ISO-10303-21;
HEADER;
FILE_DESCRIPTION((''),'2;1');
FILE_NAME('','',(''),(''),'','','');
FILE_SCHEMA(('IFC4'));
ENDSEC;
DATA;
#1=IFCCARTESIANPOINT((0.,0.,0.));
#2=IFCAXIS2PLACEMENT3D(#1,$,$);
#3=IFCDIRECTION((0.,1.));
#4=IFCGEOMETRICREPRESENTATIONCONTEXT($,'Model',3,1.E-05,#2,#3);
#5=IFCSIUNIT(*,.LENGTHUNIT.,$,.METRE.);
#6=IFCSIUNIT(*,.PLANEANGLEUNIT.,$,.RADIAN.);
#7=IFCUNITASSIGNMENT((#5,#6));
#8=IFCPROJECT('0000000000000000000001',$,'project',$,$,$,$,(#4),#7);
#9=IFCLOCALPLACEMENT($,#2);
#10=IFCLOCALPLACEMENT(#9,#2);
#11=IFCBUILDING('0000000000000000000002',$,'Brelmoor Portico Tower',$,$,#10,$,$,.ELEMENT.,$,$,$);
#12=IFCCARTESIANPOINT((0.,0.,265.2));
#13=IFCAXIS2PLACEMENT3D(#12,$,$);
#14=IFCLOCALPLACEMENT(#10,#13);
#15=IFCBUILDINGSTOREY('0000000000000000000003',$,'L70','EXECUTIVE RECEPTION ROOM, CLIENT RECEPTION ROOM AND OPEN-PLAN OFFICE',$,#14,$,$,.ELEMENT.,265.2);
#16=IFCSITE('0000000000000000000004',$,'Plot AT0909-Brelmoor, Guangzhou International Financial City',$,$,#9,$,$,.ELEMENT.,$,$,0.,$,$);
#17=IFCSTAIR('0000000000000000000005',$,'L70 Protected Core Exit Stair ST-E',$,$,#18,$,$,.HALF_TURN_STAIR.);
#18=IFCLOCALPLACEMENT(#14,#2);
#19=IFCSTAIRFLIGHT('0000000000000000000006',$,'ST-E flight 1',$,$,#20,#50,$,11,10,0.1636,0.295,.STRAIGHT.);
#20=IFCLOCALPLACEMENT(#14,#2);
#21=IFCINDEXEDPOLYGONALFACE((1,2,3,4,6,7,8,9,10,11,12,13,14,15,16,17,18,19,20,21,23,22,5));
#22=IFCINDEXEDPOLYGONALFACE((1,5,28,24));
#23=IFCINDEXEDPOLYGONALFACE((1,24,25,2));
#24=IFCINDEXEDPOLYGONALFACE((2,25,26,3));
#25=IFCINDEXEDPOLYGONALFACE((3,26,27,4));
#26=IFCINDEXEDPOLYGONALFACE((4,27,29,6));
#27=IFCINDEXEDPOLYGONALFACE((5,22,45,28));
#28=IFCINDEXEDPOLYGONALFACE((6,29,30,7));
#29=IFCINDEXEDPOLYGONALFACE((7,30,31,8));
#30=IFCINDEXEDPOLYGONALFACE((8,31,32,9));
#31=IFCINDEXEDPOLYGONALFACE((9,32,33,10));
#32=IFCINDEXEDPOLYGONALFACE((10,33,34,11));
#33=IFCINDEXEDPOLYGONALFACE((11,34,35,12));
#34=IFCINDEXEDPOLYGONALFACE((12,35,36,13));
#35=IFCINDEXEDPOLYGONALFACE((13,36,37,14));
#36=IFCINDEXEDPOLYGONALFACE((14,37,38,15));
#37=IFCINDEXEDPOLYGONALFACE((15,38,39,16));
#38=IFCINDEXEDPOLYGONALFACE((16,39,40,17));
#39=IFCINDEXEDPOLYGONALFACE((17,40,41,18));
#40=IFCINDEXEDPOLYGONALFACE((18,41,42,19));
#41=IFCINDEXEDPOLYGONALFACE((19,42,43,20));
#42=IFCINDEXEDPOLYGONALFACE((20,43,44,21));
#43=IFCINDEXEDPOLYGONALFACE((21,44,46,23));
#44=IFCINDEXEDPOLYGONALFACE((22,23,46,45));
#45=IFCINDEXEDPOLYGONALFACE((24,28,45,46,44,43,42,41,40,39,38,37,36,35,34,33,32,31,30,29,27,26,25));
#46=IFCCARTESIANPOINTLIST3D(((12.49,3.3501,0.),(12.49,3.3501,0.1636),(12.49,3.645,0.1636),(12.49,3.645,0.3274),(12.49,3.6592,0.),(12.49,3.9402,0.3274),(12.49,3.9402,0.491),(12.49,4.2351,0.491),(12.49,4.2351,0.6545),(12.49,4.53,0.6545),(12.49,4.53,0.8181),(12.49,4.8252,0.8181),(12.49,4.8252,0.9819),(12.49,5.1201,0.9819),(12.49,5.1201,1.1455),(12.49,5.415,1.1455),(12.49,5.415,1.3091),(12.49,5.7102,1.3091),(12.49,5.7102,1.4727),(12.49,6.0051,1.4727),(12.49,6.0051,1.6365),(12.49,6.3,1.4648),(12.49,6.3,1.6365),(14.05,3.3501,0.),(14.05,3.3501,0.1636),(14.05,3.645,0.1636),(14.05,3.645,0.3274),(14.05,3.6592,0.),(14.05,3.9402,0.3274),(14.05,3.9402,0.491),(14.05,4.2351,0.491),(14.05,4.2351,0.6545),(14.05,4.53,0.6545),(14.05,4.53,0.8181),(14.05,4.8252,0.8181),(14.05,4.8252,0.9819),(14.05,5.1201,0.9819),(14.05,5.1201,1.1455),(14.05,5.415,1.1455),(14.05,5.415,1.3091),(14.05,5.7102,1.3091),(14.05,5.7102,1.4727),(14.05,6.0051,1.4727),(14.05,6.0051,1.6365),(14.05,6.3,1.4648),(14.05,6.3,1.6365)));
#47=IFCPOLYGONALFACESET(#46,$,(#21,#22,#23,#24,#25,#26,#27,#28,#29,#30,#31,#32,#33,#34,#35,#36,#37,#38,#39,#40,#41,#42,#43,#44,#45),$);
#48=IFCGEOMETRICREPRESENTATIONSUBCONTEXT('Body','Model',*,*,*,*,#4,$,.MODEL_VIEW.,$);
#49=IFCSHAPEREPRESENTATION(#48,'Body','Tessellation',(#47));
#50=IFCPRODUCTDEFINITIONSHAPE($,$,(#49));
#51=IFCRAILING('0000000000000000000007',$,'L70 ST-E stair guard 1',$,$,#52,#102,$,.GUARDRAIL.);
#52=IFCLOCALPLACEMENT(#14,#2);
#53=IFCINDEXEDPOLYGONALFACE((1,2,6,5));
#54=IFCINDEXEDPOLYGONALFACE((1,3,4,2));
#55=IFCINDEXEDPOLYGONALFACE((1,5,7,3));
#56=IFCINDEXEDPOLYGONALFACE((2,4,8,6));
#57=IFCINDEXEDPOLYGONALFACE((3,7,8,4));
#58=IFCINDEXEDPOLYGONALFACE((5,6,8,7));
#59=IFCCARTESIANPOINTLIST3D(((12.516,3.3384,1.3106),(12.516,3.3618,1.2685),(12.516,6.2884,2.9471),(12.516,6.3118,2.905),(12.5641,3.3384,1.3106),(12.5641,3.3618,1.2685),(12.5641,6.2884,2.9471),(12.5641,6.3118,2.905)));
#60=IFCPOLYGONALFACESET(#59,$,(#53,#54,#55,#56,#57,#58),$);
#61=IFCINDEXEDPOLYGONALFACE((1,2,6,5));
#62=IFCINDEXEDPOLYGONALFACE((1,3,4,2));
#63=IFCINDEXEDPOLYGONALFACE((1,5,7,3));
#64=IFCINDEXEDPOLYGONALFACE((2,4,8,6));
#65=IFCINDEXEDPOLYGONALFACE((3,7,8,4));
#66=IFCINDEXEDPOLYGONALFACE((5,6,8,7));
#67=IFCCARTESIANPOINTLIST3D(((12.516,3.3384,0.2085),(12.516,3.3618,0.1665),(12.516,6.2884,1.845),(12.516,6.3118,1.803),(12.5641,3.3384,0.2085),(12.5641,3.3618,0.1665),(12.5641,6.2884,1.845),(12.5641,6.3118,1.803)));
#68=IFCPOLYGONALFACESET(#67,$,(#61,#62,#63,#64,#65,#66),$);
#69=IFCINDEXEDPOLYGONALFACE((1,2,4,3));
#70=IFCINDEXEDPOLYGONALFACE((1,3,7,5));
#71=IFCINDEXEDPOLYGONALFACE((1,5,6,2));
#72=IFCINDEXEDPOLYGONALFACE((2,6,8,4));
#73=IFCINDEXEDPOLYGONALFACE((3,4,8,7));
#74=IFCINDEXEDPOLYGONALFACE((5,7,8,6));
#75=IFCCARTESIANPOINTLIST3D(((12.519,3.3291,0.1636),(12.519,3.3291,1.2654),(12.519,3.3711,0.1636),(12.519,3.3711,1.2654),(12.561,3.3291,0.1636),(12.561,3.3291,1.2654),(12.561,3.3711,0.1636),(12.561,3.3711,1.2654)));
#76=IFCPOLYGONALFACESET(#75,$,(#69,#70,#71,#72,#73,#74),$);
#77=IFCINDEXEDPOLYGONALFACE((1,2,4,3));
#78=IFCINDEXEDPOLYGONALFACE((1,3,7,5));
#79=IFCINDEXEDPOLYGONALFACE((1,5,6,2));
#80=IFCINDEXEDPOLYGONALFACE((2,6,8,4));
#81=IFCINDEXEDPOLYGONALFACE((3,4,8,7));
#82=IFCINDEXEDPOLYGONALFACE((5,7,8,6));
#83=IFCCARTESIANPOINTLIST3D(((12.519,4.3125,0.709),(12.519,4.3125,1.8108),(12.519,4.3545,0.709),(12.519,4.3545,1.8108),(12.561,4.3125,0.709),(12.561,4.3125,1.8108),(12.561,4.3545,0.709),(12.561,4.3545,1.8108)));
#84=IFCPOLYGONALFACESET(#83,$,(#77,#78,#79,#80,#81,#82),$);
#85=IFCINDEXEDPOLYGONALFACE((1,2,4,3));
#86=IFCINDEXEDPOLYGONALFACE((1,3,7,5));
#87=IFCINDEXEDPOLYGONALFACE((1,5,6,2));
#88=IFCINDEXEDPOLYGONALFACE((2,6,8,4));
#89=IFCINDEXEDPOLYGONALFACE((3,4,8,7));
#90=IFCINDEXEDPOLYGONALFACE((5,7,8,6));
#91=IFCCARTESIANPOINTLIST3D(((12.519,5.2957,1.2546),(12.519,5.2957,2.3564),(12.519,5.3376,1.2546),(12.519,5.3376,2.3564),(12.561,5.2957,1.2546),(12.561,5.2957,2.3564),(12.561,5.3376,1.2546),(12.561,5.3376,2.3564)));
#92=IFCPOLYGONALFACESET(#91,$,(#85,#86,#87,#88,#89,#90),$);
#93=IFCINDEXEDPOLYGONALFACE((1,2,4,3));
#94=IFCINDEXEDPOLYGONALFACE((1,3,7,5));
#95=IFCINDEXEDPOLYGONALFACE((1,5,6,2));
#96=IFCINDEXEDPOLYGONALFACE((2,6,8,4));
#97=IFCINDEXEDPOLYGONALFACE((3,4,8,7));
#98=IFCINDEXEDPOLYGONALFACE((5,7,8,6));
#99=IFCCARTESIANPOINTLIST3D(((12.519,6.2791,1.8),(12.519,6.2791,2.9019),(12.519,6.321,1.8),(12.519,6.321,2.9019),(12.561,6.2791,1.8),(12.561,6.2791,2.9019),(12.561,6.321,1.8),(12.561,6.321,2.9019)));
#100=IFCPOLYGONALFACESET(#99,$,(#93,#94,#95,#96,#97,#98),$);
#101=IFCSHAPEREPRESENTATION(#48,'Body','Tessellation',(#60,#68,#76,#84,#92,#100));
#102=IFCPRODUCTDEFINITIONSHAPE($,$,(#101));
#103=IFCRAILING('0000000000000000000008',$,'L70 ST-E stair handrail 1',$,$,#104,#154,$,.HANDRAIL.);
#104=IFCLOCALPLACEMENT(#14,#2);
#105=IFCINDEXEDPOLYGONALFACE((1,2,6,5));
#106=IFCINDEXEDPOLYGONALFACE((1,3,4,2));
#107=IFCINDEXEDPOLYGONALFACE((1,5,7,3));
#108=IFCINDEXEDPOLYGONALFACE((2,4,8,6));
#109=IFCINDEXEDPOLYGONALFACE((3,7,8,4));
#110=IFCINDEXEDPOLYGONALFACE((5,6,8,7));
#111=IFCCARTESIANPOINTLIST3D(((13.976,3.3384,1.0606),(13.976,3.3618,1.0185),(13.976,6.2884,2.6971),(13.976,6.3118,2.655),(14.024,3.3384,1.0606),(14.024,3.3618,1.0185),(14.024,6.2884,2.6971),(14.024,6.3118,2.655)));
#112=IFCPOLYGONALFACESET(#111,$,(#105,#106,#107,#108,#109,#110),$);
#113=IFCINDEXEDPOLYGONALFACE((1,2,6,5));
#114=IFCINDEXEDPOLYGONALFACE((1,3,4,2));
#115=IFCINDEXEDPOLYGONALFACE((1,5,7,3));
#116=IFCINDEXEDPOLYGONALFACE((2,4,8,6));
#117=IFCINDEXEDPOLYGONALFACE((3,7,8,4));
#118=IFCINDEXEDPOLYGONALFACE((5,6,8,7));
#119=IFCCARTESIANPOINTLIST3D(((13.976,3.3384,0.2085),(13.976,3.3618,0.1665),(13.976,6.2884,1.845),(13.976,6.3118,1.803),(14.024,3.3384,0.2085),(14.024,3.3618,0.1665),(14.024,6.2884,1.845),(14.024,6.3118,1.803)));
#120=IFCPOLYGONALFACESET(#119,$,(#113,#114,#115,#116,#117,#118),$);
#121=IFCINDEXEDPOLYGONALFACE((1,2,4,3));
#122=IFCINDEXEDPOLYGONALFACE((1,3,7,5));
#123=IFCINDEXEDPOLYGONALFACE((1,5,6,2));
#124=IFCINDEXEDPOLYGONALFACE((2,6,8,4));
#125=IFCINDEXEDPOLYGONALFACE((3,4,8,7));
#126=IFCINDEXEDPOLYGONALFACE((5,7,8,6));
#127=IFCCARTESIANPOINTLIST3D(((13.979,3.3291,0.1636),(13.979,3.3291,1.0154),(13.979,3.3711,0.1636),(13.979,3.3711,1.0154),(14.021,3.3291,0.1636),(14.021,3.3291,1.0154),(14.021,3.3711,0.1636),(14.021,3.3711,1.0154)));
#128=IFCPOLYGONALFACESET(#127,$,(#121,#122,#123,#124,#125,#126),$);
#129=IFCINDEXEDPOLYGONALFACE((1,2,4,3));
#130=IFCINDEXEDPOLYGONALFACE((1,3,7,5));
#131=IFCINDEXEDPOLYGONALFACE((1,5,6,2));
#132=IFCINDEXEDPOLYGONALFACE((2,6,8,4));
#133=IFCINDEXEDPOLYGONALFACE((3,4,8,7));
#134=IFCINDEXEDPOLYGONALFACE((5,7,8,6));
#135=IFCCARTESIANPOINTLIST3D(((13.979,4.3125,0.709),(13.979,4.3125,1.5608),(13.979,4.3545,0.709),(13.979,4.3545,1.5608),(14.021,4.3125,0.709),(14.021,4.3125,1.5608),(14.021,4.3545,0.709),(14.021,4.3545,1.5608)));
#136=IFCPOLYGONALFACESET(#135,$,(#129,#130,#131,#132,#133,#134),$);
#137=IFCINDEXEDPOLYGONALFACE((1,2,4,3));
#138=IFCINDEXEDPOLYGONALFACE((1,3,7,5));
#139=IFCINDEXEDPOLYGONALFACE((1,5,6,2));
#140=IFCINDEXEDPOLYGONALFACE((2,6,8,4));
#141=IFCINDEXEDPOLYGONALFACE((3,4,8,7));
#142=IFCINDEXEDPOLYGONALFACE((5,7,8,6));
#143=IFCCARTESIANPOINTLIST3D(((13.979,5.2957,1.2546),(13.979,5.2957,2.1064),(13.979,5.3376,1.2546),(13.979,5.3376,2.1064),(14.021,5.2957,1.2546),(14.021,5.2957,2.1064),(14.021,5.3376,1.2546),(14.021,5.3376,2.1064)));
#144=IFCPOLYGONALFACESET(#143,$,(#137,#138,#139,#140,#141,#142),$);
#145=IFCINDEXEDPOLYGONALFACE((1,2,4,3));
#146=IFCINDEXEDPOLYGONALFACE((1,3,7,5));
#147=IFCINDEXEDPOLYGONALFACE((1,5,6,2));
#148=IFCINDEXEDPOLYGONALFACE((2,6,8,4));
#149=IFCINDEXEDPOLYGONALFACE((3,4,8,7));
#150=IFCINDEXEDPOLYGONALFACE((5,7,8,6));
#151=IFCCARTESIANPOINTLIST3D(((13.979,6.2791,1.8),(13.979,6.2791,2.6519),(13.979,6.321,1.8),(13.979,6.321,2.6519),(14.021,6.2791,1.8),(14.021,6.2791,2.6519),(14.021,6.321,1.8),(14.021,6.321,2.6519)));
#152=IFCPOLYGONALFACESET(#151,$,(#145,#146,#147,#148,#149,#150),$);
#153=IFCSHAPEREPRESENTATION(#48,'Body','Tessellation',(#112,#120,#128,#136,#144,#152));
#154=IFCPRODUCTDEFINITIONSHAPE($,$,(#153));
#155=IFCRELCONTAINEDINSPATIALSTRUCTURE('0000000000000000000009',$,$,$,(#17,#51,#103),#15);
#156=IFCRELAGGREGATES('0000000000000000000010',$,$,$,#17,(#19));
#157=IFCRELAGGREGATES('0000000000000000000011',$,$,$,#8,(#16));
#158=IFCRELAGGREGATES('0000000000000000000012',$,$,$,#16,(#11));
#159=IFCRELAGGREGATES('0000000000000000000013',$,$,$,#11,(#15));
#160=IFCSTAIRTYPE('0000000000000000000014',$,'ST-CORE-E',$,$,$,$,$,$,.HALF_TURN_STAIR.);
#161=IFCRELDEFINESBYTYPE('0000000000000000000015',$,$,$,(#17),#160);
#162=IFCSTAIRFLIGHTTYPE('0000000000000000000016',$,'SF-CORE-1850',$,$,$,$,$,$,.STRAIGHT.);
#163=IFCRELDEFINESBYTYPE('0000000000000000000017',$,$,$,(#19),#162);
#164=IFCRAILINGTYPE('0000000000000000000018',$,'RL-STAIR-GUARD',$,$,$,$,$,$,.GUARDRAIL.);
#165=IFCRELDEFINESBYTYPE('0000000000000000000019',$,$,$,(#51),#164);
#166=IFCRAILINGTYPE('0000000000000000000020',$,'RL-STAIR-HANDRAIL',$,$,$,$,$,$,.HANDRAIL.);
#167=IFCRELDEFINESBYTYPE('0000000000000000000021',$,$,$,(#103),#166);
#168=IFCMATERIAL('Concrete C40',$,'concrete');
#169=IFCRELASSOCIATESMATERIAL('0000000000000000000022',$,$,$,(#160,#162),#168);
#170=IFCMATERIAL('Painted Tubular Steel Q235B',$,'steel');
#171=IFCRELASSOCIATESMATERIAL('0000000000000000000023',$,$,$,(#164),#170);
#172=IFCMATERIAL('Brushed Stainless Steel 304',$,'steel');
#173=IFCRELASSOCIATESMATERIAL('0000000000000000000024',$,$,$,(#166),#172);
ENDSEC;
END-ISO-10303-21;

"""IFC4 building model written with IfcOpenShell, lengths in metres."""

from ifc_helpers import new_model, si_unit, direction, frame, origin, origin_2d, place, context, subcontext, project, spatial, polyline, rectangle, outline, extrude, material, type_object, element, aggregate, save


model = new_model("IFC4")

# Units and contexts
model_context = context("Model", 3, precision=1e-05, world=origin(), true_north=direction((0.0, 1.0)))
body_context = subcontext(model_context, "Body", "Model", "MODEL_VIEW")
ifc_project = project(units=[si_unit("LENGTHUNIT", "METRE"), si_unit("PLANEANGLEUNIT", "RADIAN")], contexts=[model_context])

# Site, building, storey
site_placement = place(None, origin())
site = spatial("IfcSite", under=ifc_project, at=site_placement, Name="Plot AT0909-Brelmoor, Guangzhou International Financial City", CompositionType="ELEMENT", RefElevation=0.0)
building_placement = place(site_placement, origin())
building = spatial("IfcBuilding", under=site, at=building_placement, Name="Brelmoor Portico Tower", CompositionType="ELEMENT")
storey_placement = place(building_placement, frame((0.0, 0.0, 265.2)))
storey = spatial("IfcBuildingStorey", under=building, at=storey_placement, Name="L70", Description="EXECUTIVE RECEPTION ROOM, CLIENT RECEPTION ROOM AND OPEN-PLAN OFFICE", CompositionType="ELEMENT", Elevation=265.2)

# Shared definitions
ifc_material_1 = material(Name="Concrete C40", Category="concrete")

# Stair, stair flight
stair_type = type_object("IfcStairType", Name="ST-CORE-E", PredefinedType="HALF_TURN_STAIR", material=ifc_material_1)
stair_placement = place(storey_placement, origin())
stair = element("IfcStair", 1, at=stair_placement, inside=storey, type_object=stair_type, Name="L70 Protected Core Exit Stair ST-E", PredefinedType="HALF_TURN_STAIR")
stair_flight_type = type_object("IfcStairFlightType", Name="SF-CORE-1850", PredefinedType="STRAIGHT", material=ifc_material_1)
stair_flight_placement = place(storey_placement, frame((13.27, 3.3501, 0.0), z_axis=(0.0, 0.0, 1.0), x_axis=(0.0, 1.0, 0.0)))
stair_flight = element("IfcStairFlight", 2, at=stair_flight_placement, type_object=stair_flight_type, Name="ST-E flight 1", NumberOfRisers=11, NumberOfTreads=10, PredefinedType="STRAIGHT", RiserHeight=0.1636, TreadLength=0.295, context=body_context, shape_type="SweptSolid", body=[
    extrude(outline(polyline([(0.0, 0.0), (0.0, 0.1636), (0.2949, 0.1636), (0.2949, 0.3274), (0.5901, 0.3274), (0.5901, 0.491), (0.885, 0.491), (0.885, 0.6545), (1.1799, 0.6545), (1.1799, 0.8181), (1.4751, 0.8181), (1.4751, 0.9819), (1.77, 0.9819), (1.77, 1.1455), (2.0649, 1.1455), (2.0649, 1.3091), (2.3601, 1.3091), (2.3601, 1.4727), (2.655, 1.4727), (2.655, 1.6365), (2.95, 1.6365), (2.95, 1.8), (2.95, 1.4648), (0.3091, 0.0), (0.0, 0.0)])), frame((0.0, 0.78, 0.0), z_axis=(0.0, -1.0, 0.0), x_axis=(1.0, 0.0, 0.0)), (0.0, 0.0, 1.0), 1.5601),
])
aggregate(stair, [stair_flight])

# Railings
ifc_material_2 = material(Name="Painted Tubular Steel Q235B", Category="steel")
railing_type_1 = type_object("IfcRailingType", Name="RL-STAIR-GUARD", PredefinedType="GUARDRAIL", material=ifc_material_2)
railing_1_placement = place(storey_placement, frame((12.54, 3.3501, 0.1636)))
element("IfcRailing", 3, at=railing_1_placement, inside=storey, type_object=railing_type_1, Name="L70 ST-E stair guard 1", PredefinedType="GUARDRAIL", context=body_context, shape_type="SweptSolid", body=[
    extrude(rectangle(XDim=0.0481, YDim=0.0481, at=origin_2d()), frame((0.0, 0.0, 1.126), z_axis=(0.0, 0.874458, 0.485102), x_axis=(-1.0, 0.0, 0.0)), (0.0, 0.0, 1.0), 3.3735),
    extrude(rectangle(XDim=0.0481, YDim=0.0481, at=origin_2d()), frame((0.0, 0.0, 0.0239), z_axis=(0.0, 0.874458, 0.485102), x_axis=(-1.0, 0.0, 0.0)), (0.0, 0.0, 1.0), 3.3735),
    extrude(rectangle(XDim=0.042, YDim=0.042, at=origin_2d()), origin(), (0.0, 0.0, 1.0), 1.1018),
    extrude(rectangle(XDim=0.042, YDim=0.042, at=origin_2d()), frame((0.0, 0.9834, 0.5454)), (0.0, 0.0, 1.0), 1.1018),
    extrude(rectangle(XDim=0.042, YDim=0.042, at=origin_2d()), frame((0.0, 1.9666, 1.0911)), (0.0, 0.0, 1.0), 1.1018),
    extrude(rectangle(XDim=0.042, YDim=0.042, at=origin_2d()), frame((0.0, 2.95, 1.6365)), (0.0, 0.0, 1.0), 1.1018),
])
ifc_material_3 = material(Name="Brushed Stainless Steel 304", Category="steel")
railing_type_2 = type_object("IfcRailingType", Name="RL-STAIR-HANDRAIL", PredefinedType="HANDRAIL", material=ifc_material_3)
railing_2_placement = place(storey_placement, frame((14.0, 3.3501, 0.1636)))
element("IfcRailing", 4, at=railing_2_placement, inside=storey, type_object=railing_type_2, Name="L70 ST-E stair handrail 1", PredefinedType="HANDRAIL", context=body_context, shape_type="SweptSolid", body=[
    extrude(rectangle(XDim=0.0481, YDim=0.0481, at=origin_2d()), frame((0.0, 0.0, 0.876), z_axis=(0.0, 0.874458, 0.485102), x_axis=(-1.0, 0.0, 0.0)), (0.0, 0.0, 1.0), 3.3735),
    extrude(rectangle(XDim=0.0481, YDim=0.0481, at=origin_2d()), frame((0.0, 0.0, 0.0239), z_axis=(0.0, 0.874458, 0.485102), x_axis=(-1.0, 0.0, 0.0)), (0.0, 0.0, 1.0), 3.3735),
    extrude(rectangle(XDim=0.042, YDim=0.042, at=origin_2d()), origin(), (0.0, 0.0, 1.0), 0.8518),
    extrude(rectangle(XDim=0.042, YDim=0.042, at=origin_2d()), frame((0.0, 0.9834, 0.5454)), (0.0, 0.0, 1.0), 0.8518),
    extrude(rectangle(XDim=0.042, YDim=0.042, at=origin_2d()), frame((0.0, 1.9666, 1.0911)), (0.0, 0.0, 1.0), 0.8518),
    extrude(rectangle(XDim=0.042, YDim=0.042, at=origin_2d()), frame((0.0, 2.95, 1.6365)), (0.0, 0.0, 1.0), 0.8518),
])

save(model, "model.ifc")
